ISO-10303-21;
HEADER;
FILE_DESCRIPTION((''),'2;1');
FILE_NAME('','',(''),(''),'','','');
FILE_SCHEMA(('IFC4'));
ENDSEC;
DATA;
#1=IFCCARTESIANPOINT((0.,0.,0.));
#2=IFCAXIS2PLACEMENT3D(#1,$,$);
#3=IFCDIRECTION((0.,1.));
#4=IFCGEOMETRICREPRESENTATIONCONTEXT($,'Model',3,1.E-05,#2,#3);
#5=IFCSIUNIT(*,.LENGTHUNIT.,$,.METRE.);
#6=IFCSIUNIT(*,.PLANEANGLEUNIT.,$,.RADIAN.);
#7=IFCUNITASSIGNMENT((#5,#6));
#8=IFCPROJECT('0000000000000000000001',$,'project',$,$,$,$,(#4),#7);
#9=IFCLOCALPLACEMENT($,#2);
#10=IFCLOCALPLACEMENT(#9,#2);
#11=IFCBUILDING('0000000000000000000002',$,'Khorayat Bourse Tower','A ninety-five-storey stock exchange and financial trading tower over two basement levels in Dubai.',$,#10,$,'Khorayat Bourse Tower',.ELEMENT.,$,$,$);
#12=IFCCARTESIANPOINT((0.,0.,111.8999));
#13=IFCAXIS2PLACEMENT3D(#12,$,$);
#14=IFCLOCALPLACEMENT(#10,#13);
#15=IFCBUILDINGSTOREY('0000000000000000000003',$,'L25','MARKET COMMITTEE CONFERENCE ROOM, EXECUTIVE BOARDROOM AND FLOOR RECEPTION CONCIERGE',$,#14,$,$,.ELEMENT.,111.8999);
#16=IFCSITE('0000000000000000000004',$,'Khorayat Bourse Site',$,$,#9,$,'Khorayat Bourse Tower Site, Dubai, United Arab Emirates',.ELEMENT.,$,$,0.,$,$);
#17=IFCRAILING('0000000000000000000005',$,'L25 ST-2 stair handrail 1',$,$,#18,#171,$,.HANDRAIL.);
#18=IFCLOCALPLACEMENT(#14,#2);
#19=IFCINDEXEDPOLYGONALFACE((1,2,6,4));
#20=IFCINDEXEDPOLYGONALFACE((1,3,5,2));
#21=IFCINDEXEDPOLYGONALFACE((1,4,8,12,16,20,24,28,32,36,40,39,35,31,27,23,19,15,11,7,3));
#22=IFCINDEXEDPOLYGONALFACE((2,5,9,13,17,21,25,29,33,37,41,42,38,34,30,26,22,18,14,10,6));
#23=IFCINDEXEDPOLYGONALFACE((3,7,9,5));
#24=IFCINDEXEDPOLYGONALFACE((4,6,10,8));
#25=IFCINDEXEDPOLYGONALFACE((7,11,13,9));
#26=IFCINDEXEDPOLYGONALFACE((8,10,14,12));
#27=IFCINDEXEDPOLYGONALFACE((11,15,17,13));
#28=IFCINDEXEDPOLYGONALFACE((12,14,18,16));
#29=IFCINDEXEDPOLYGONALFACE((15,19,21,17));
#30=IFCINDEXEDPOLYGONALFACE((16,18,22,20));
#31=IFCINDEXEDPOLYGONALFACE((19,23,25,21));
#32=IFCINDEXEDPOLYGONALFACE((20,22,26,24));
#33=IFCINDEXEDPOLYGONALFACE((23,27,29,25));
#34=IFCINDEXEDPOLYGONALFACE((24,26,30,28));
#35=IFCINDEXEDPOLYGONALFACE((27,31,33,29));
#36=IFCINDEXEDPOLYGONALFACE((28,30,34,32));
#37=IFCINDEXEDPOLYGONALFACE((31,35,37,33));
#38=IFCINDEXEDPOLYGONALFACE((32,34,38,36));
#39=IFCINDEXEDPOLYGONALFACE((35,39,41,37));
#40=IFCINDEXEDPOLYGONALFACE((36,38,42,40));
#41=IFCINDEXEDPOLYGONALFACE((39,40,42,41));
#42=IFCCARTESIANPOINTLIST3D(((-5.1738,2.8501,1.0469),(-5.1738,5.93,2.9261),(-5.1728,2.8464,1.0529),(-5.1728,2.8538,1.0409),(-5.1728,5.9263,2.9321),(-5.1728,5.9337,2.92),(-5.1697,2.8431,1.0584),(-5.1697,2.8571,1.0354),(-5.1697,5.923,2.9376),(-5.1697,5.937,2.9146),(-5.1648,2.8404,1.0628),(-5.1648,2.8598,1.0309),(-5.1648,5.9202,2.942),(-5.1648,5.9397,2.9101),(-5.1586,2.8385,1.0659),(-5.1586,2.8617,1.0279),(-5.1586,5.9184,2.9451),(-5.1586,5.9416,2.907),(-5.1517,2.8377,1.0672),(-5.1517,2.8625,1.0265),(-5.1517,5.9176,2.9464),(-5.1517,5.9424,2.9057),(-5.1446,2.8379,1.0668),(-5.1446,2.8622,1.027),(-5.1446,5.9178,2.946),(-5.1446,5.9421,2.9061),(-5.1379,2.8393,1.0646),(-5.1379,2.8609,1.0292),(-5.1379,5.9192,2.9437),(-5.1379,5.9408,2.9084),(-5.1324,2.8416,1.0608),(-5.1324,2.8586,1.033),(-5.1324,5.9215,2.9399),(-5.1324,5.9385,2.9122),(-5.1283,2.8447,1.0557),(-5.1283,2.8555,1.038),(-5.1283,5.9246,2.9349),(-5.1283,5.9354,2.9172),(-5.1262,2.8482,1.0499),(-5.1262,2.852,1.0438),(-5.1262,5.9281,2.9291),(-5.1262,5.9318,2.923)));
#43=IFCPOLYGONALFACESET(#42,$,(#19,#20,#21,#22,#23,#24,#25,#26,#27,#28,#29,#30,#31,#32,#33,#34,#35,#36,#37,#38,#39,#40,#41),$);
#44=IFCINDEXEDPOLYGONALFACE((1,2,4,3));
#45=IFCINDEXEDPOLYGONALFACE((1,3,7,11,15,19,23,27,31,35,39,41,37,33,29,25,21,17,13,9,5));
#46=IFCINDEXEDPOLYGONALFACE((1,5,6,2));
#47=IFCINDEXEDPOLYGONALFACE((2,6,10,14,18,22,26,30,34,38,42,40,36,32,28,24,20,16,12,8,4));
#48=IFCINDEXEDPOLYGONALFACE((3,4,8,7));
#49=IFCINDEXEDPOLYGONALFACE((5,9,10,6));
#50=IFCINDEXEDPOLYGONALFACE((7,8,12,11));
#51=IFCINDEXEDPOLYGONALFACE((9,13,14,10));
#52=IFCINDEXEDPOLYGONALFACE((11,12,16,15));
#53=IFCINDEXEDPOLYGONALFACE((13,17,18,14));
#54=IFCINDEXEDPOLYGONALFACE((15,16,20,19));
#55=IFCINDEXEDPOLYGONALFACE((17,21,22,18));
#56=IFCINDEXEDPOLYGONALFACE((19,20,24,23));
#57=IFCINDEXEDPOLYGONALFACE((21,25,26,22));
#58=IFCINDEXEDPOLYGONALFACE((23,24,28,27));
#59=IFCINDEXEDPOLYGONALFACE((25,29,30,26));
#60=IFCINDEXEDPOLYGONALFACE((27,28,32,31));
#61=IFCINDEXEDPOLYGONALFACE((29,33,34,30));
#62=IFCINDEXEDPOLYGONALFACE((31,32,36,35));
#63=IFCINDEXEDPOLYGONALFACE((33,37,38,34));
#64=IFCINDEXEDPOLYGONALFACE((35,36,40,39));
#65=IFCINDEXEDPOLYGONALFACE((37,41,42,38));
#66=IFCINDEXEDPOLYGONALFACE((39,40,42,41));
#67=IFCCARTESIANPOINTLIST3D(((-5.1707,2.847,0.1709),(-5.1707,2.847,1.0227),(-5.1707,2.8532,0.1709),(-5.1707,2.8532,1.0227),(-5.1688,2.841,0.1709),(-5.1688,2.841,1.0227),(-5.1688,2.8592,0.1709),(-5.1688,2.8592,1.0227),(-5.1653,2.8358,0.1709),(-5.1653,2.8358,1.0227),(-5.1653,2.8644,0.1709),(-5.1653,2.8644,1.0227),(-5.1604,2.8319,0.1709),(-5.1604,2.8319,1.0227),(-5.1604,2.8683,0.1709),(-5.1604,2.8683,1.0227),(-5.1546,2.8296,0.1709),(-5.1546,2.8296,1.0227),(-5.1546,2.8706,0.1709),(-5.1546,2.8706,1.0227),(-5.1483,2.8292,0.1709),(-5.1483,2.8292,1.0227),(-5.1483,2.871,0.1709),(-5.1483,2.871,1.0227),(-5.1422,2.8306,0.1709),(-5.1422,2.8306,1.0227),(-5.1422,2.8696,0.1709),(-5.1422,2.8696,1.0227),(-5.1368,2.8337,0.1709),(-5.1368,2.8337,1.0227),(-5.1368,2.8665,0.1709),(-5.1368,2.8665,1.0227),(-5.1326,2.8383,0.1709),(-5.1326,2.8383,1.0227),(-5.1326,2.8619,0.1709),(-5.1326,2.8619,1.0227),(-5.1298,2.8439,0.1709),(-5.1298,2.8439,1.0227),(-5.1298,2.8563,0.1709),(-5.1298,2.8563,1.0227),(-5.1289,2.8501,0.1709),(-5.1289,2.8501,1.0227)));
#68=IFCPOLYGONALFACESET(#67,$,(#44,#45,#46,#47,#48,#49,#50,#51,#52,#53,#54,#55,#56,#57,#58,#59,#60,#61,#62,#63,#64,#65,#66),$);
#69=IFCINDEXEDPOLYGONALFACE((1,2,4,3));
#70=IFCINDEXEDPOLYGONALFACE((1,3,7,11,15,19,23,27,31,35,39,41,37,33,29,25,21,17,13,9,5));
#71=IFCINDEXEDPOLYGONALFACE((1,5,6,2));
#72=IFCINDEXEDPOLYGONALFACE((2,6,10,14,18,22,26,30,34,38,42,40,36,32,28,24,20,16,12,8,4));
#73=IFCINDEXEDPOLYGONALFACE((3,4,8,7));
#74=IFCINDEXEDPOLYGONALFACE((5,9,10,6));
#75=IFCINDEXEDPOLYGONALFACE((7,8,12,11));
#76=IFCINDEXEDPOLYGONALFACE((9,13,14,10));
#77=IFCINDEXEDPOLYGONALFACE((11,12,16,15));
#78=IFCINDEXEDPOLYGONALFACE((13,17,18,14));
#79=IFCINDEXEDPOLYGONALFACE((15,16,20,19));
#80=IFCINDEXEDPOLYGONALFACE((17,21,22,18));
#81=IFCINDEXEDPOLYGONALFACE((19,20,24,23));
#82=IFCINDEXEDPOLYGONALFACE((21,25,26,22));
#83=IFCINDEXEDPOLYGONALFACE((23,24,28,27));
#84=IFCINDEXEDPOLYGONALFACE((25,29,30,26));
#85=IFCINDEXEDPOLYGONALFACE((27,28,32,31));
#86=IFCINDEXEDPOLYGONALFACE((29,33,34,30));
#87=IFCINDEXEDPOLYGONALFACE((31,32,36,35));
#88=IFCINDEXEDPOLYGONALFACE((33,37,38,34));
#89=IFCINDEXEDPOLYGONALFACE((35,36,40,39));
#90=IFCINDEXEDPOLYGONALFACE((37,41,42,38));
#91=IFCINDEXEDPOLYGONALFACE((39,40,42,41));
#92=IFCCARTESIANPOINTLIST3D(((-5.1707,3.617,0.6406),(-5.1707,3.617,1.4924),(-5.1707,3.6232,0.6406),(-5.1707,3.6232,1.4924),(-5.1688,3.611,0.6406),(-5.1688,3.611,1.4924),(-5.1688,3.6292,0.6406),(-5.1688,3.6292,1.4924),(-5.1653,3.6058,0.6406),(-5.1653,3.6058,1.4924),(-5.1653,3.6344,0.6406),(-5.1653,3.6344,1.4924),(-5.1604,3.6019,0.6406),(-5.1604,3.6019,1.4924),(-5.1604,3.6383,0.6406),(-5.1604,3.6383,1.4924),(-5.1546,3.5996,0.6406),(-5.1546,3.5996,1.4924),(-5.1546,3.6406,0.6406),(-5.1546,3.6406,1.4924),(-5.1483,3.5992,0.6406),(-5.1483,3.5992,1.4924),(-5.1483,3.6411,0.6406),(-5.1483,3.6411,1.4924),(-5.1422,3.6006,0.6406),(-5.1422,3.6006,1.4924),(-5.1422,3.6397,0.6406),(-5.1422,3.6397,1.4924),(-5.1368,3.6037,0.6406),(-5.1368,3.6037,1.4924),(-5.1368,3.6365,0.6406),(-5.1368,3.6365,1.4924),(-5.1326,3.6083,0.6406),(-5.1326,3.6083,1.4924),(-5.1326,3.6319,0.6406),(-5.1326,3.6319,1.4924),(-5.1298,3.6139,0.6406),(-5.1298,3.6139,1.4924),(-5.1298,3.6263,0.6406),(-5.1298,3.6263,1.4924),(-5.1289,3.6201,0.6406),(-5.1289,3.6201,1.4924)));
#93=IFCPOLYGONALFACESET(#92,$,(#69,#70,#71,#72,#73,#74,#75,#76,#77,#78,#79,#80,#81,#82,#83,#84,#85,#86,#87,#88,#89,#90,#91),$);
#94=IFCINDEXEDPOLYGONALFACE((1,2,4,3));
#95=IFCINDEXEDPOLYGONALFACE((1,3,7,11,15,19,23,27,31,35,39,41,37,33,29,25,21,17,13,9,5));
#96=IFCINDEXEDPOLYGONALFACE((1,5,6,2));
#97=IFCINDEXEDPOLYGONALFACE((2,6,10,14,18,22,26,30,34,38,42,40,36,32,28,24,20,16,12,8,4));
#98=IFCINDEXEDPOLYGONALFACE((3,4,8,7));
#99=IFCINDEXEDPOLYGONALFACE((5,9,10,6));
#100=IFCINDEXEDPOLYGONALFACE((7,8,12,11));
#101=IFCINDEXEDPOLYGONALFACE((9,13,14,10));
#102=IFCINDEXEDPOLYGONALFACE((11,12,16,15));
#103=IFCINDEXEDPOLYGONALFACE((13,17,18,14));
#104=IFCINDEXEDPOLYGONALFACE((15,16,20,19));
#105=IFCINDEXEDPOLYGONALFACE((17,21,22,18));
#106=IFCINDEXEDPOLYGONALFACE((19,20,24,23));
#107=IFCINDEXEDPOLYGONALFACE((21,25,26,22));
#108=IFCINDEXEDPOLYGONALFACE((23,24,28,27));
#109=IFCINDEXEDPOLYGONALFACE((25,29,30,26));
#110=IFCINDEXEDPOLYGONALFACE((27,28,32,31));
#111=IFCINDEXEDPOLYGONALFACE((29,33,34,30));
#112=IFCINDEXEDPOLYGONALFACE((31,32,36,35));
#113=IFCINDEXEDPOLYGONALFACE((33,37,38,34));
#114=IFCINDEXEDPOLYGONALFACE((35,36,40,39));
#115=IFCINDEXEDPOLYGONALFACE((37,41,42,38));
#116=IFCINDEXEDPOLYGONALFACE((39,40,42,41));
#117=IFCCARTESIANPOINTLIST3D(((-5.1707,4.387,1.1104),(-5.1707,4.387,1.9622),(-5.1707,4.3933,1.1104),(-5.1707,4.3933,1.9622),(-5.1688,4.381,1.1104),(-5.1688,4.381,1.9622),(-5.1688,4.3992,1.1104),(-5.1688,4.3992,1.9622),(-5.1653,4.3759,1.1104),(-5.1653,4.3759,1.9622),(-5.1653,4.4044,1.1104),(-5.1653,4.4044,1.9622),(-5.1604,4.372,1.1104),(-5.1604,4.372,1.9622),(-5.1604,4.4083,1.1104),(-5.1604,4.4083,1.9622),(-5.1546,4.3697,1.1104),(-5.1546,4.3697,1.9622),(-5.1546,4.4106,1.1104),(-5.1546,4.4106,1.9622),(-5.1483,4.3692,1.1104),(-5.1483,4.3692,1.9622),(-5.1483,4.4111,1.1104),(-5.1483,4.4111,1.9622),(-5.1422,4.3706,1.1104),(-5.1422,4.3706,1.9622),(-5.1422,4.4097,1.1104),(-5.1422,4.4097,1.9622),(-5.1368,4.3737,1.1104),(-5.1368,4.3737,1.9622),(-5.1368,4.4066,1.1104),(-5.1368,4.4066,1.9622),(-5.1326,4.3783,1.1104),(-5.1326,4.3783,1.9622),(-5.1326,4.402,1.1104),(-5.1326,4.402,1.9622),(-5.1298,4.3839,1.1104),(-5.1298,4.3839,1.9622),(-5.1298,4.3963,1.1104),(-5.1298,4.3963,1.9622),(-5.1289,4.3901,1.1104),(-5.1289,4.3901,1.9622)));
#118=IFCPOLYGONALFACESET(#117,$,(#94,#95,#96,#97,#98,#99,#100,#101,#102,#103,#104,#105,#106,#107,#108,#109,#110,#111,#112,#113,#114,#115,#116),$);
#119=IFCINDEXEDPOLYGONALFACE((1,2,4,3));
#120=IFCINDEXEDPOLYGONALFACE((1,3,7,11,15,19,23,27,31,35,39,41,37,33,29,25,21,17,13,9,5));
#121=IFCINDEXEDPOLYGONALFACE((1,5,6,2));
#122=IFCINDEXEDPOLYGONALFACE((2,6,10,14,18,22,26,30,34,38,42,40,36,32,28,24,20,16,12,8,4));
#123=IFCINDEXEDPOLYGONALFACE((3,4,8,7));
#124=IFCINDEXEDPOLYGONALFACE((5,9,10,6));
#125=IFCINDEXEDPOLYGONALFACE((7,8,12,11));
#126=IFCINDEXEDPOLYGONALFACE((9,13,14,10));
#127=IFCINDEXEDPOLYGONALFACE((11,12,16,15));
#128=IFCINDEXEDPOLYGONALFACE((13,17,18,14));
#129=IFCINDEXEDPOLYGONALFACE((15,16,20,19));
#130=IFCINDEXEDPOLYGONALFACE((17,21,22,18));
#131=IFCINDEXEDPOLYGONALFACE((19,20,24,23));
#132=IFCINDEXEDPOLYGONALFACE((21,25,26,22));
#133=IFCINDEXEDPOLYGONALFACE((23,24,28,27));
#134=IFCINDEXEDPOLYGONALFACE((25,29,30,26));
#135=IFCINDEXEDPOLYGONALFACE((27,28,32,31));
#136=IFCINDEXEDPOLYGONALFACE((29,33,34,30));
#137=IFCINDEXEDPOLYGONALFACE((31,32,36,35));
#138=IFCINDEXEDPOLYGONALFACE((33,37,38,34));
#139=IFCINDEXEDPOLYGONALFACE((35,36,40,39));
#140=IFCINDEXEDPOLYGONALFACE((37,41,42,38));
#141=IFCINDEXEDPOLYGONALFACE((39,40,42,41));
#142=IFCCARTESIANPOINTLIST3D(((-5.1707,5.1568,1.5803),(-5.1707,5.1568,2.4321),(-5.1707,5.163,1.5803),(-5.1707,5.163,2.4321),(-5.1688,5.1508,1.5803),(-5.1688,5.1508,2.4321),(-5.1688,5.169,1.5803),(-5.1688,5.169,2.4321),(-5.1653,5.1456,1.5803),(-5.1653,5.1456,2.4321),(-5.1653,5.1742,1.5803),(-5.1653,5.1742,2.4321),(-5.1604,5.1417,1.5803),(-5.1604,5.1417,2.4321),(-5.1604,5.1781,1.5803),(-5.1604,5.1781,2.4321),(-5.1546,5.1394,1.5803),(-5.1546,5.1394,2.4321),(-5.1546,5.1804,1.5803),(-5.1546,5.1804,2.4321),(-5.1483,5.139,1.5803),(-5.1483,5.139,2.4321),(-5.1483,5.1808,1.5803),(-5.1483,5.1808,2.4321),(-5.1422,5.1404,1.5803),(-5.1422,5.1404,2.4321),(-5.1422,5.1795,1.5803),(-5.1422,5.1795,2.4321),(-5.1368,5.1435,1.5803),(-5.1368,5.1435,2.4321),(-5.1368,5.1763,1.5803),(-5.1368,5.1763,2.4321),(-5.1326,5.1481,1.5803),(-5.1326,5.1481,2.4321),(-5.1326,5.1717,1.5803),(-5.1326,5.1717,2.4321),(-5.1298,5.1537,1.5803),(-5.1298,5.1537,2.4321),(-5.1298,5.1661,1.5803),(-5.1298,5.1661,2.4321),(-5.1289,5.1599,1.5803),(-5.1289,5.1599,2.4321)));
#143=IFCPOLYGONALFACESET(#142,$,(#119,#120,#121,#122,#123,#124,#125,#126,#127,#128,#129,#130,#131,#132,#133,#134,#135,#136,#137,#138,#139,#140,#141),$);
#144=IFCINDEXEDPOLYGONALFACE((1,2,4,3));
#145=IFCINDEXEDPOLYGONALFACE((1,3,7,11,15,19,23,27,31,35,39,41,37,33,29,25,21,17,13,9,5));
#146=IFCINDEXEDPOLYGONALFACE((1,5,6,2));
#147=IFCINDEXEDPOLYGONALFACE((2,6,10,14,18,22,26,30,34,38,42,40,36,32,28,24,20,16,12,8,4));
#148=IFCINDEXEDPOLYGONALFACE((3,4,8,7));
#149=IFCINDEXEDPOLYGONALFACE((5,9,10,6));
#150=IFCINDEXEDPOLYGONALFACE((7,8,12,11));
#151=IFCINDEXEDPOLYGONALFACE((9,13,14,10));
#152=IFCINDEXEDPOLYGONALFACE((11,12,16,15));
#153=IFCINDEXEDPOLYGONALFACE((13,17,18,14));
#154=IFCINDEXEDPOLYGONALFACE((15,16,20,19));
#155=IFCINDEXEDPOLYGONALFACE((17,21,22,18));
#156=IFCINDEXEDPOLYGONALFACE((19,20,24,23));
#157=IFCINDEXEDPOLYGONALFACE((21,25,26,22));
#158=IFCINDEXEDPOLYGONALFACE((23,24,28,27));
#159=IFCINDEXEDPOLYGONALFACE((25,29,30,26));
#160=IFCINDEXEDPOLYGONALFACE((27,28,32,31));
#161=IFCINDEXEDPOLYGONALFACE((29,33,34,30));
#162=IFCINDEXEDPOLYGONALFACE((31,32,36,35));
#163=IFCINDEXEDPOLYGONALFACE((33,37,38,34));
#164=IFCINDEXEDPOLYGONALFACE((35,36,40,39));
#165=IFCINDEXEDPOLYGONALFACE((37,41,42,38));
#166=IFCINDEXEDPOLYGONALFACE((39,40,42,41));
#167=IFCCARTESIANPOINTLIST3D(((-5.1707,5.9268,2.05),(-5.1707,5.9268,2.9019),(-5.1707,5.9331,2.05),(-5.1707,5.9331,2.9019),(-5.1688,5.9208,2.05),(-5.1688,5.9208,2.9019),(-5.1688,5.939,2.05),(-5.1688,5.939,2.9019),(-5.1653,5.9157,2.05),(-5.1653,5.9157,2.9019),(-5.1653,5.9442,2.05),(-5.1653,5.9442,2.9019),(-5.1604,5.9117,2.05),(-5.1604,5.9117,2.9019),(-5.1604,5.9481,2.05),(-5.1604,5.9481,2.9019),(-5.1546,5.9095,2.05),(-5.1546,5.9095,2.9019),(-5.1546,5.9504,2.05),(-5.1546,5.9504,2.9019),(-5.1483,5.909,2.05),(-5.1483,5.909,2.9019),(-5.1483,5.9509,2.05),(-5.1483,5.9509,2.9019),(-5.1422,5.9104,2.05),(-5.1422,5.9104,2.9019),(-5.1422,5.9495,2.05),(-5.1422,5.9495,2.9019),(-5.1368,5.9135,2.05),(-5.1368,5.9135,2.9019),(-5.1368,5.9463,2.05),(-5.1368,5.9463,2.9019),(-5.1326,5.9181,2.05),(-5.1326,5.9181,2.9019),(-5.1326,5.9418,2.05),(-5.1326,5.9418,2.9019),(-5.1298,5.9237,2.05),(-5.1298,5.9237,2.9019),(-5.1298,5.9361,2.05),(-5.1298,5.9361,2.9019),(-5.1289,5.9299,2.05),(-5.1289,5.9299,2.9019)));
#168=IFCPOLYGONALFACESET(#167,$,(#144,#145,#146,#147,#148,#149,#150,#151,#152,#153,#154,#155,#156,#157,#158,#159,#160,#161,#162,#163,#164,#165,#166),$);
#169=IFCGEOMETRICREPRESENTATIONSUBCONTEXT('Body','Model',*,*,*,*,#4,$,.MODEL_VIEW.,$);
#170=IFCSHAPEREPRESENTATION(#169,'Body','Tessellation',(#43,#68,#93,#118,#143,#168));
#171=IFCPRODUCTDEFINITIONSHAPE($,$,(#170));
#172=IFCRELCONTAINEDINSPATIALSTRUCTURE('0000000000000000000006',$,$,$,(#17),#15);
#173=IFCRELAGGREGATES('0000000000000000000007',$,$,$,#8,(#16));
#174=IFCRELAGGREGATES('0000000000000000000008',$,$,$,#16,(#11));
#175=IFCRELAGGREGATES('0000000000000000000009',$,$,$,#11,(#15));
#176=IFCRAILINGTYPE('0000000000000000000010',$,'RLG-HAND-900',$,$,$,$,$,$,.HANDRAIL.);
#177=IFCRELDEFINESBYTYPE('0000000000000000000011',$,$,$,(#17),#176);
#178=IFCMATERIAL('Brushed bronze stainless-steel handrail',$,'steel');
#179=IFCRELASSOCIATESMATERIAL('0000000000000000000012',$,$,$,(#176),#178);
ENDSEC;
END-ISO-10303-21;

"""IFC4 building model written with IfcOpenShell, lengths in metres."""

from ifc_helpers import new_model, si_unit, direction, frame, origin, origin_2d, place, context, subcontext, project, spatial, circle, extrude, source, transform, mapped, material, type_object, element, save


model = new_model("IFC4")

# Units and contexts
model_context = context("Model", 3, precision=1e-05, world=origin(), true_north=direction((0.0, 1.0)))
body_context = subcontext(model_context, "Body", "Model", "MODEL_VIEW")
ifc_project = project(units=[si_unit("LENGTHUNIT", "METRE"), si_unit("PLANEANGLEUNIT", "RADIAN")], contexts=[model_context])

# Site, building, storey
site_placement = place(None, origin())
site = spatial("IfcSite", under=ifc_project, at=site_placement, Name="Khorayat Bourse Site", LongName="Khorayat Bourse Tower Site, Dubai, United Arab Emirates", CompositionType="ELEMENT", RefElevation=0.0)
building_placement = place(site_placement, origin())
building = spatial("IfcBuilding", under=site, at=building_placement, Name="Khorayat Bourse Tower", Description="A ninety-five-storey stock exchange and financial trading tower over two basement levels in Dubai.", LongName="Khorayat Bourse Tower", CompositionType="ELEMENT")
storey_placement = place(building_placement, frame((0.0, 0.0, 111.8999)))
storey = spatial("IfcBuildingStorey", under=building, at=storey_placement, Name="L25", Description="MARKET COMMITTEE CONFERENCE ROOM, EXECUTIVE BOARDROOM AND FLOOR RECEPTION CONCIERGE", CompositionType="ELEMENT", Elevation=111.8999)

# Railing
ifc_material_1 = material(Name="Brushed bronze stainless-steel handrail", Category="steel")
railing_type_1 = type_object("IfcRailingType", Name="RLG-HAND-900", PredefinedType="HANDRAIL", material=ifc_material_1)
shared_shape_1 = source(origin(), body_context, "Body", "SweptSolid", [
    extrude(circle(Radius=0.0239, at=origin_2d()), frame((0.0, 0.0, 0.876), z_axis=(0.0, 0.853648, 0.52085), x_axis=(-1.0, 0.0, 0.0)), (0.0, 0.0, 1.0), 3.6079),
    extrude(circle(Radius=0.021, at=origin_2d()), origin(), (0.0, 0.0, 1.0), 0.8518),
    extrude(circle(Radius=0.021, at=origin_2d()), frame((0.0, 0.77, 0.4697)), (0.0, 0.0, 1.0), 0.8518),
    extrude(circle(Radius=0.021, at=origin_2d()), frame((0.0, 1.54, 0.9395)), (0.0, 0.0, 1.0), 0.8518),
    extrude(circle(Radius=0.021, at=origin_2d()), frame((0.0, 2.3098, 1.4094)), (0.0, 0.0, 1.0), 0.8518),
    extrude(circle(Radius=0.021, at=origin_2d()), frame((0.0, 3.0798, 1.8792)), (0.0, 0.0, 1.0), 0.8518),
])
railing_1_placement = place(storey_placement, frame((-5.1499, 2.8501, 0.1709)))
element("IfcRailing", 1, at=railing_1_placement, inside=storey, type_object=railing_type_1, Name="L25 ST-2 stair handrail 1", PredefinedType="HANDRAIL", context=body_context, shape_type="MappedRepresentation", body=[
    mapped(shared_shape_1, transform((0.0, 0.0, 0.0), scale=1.0)),
])

save(model, "model.ifc")
